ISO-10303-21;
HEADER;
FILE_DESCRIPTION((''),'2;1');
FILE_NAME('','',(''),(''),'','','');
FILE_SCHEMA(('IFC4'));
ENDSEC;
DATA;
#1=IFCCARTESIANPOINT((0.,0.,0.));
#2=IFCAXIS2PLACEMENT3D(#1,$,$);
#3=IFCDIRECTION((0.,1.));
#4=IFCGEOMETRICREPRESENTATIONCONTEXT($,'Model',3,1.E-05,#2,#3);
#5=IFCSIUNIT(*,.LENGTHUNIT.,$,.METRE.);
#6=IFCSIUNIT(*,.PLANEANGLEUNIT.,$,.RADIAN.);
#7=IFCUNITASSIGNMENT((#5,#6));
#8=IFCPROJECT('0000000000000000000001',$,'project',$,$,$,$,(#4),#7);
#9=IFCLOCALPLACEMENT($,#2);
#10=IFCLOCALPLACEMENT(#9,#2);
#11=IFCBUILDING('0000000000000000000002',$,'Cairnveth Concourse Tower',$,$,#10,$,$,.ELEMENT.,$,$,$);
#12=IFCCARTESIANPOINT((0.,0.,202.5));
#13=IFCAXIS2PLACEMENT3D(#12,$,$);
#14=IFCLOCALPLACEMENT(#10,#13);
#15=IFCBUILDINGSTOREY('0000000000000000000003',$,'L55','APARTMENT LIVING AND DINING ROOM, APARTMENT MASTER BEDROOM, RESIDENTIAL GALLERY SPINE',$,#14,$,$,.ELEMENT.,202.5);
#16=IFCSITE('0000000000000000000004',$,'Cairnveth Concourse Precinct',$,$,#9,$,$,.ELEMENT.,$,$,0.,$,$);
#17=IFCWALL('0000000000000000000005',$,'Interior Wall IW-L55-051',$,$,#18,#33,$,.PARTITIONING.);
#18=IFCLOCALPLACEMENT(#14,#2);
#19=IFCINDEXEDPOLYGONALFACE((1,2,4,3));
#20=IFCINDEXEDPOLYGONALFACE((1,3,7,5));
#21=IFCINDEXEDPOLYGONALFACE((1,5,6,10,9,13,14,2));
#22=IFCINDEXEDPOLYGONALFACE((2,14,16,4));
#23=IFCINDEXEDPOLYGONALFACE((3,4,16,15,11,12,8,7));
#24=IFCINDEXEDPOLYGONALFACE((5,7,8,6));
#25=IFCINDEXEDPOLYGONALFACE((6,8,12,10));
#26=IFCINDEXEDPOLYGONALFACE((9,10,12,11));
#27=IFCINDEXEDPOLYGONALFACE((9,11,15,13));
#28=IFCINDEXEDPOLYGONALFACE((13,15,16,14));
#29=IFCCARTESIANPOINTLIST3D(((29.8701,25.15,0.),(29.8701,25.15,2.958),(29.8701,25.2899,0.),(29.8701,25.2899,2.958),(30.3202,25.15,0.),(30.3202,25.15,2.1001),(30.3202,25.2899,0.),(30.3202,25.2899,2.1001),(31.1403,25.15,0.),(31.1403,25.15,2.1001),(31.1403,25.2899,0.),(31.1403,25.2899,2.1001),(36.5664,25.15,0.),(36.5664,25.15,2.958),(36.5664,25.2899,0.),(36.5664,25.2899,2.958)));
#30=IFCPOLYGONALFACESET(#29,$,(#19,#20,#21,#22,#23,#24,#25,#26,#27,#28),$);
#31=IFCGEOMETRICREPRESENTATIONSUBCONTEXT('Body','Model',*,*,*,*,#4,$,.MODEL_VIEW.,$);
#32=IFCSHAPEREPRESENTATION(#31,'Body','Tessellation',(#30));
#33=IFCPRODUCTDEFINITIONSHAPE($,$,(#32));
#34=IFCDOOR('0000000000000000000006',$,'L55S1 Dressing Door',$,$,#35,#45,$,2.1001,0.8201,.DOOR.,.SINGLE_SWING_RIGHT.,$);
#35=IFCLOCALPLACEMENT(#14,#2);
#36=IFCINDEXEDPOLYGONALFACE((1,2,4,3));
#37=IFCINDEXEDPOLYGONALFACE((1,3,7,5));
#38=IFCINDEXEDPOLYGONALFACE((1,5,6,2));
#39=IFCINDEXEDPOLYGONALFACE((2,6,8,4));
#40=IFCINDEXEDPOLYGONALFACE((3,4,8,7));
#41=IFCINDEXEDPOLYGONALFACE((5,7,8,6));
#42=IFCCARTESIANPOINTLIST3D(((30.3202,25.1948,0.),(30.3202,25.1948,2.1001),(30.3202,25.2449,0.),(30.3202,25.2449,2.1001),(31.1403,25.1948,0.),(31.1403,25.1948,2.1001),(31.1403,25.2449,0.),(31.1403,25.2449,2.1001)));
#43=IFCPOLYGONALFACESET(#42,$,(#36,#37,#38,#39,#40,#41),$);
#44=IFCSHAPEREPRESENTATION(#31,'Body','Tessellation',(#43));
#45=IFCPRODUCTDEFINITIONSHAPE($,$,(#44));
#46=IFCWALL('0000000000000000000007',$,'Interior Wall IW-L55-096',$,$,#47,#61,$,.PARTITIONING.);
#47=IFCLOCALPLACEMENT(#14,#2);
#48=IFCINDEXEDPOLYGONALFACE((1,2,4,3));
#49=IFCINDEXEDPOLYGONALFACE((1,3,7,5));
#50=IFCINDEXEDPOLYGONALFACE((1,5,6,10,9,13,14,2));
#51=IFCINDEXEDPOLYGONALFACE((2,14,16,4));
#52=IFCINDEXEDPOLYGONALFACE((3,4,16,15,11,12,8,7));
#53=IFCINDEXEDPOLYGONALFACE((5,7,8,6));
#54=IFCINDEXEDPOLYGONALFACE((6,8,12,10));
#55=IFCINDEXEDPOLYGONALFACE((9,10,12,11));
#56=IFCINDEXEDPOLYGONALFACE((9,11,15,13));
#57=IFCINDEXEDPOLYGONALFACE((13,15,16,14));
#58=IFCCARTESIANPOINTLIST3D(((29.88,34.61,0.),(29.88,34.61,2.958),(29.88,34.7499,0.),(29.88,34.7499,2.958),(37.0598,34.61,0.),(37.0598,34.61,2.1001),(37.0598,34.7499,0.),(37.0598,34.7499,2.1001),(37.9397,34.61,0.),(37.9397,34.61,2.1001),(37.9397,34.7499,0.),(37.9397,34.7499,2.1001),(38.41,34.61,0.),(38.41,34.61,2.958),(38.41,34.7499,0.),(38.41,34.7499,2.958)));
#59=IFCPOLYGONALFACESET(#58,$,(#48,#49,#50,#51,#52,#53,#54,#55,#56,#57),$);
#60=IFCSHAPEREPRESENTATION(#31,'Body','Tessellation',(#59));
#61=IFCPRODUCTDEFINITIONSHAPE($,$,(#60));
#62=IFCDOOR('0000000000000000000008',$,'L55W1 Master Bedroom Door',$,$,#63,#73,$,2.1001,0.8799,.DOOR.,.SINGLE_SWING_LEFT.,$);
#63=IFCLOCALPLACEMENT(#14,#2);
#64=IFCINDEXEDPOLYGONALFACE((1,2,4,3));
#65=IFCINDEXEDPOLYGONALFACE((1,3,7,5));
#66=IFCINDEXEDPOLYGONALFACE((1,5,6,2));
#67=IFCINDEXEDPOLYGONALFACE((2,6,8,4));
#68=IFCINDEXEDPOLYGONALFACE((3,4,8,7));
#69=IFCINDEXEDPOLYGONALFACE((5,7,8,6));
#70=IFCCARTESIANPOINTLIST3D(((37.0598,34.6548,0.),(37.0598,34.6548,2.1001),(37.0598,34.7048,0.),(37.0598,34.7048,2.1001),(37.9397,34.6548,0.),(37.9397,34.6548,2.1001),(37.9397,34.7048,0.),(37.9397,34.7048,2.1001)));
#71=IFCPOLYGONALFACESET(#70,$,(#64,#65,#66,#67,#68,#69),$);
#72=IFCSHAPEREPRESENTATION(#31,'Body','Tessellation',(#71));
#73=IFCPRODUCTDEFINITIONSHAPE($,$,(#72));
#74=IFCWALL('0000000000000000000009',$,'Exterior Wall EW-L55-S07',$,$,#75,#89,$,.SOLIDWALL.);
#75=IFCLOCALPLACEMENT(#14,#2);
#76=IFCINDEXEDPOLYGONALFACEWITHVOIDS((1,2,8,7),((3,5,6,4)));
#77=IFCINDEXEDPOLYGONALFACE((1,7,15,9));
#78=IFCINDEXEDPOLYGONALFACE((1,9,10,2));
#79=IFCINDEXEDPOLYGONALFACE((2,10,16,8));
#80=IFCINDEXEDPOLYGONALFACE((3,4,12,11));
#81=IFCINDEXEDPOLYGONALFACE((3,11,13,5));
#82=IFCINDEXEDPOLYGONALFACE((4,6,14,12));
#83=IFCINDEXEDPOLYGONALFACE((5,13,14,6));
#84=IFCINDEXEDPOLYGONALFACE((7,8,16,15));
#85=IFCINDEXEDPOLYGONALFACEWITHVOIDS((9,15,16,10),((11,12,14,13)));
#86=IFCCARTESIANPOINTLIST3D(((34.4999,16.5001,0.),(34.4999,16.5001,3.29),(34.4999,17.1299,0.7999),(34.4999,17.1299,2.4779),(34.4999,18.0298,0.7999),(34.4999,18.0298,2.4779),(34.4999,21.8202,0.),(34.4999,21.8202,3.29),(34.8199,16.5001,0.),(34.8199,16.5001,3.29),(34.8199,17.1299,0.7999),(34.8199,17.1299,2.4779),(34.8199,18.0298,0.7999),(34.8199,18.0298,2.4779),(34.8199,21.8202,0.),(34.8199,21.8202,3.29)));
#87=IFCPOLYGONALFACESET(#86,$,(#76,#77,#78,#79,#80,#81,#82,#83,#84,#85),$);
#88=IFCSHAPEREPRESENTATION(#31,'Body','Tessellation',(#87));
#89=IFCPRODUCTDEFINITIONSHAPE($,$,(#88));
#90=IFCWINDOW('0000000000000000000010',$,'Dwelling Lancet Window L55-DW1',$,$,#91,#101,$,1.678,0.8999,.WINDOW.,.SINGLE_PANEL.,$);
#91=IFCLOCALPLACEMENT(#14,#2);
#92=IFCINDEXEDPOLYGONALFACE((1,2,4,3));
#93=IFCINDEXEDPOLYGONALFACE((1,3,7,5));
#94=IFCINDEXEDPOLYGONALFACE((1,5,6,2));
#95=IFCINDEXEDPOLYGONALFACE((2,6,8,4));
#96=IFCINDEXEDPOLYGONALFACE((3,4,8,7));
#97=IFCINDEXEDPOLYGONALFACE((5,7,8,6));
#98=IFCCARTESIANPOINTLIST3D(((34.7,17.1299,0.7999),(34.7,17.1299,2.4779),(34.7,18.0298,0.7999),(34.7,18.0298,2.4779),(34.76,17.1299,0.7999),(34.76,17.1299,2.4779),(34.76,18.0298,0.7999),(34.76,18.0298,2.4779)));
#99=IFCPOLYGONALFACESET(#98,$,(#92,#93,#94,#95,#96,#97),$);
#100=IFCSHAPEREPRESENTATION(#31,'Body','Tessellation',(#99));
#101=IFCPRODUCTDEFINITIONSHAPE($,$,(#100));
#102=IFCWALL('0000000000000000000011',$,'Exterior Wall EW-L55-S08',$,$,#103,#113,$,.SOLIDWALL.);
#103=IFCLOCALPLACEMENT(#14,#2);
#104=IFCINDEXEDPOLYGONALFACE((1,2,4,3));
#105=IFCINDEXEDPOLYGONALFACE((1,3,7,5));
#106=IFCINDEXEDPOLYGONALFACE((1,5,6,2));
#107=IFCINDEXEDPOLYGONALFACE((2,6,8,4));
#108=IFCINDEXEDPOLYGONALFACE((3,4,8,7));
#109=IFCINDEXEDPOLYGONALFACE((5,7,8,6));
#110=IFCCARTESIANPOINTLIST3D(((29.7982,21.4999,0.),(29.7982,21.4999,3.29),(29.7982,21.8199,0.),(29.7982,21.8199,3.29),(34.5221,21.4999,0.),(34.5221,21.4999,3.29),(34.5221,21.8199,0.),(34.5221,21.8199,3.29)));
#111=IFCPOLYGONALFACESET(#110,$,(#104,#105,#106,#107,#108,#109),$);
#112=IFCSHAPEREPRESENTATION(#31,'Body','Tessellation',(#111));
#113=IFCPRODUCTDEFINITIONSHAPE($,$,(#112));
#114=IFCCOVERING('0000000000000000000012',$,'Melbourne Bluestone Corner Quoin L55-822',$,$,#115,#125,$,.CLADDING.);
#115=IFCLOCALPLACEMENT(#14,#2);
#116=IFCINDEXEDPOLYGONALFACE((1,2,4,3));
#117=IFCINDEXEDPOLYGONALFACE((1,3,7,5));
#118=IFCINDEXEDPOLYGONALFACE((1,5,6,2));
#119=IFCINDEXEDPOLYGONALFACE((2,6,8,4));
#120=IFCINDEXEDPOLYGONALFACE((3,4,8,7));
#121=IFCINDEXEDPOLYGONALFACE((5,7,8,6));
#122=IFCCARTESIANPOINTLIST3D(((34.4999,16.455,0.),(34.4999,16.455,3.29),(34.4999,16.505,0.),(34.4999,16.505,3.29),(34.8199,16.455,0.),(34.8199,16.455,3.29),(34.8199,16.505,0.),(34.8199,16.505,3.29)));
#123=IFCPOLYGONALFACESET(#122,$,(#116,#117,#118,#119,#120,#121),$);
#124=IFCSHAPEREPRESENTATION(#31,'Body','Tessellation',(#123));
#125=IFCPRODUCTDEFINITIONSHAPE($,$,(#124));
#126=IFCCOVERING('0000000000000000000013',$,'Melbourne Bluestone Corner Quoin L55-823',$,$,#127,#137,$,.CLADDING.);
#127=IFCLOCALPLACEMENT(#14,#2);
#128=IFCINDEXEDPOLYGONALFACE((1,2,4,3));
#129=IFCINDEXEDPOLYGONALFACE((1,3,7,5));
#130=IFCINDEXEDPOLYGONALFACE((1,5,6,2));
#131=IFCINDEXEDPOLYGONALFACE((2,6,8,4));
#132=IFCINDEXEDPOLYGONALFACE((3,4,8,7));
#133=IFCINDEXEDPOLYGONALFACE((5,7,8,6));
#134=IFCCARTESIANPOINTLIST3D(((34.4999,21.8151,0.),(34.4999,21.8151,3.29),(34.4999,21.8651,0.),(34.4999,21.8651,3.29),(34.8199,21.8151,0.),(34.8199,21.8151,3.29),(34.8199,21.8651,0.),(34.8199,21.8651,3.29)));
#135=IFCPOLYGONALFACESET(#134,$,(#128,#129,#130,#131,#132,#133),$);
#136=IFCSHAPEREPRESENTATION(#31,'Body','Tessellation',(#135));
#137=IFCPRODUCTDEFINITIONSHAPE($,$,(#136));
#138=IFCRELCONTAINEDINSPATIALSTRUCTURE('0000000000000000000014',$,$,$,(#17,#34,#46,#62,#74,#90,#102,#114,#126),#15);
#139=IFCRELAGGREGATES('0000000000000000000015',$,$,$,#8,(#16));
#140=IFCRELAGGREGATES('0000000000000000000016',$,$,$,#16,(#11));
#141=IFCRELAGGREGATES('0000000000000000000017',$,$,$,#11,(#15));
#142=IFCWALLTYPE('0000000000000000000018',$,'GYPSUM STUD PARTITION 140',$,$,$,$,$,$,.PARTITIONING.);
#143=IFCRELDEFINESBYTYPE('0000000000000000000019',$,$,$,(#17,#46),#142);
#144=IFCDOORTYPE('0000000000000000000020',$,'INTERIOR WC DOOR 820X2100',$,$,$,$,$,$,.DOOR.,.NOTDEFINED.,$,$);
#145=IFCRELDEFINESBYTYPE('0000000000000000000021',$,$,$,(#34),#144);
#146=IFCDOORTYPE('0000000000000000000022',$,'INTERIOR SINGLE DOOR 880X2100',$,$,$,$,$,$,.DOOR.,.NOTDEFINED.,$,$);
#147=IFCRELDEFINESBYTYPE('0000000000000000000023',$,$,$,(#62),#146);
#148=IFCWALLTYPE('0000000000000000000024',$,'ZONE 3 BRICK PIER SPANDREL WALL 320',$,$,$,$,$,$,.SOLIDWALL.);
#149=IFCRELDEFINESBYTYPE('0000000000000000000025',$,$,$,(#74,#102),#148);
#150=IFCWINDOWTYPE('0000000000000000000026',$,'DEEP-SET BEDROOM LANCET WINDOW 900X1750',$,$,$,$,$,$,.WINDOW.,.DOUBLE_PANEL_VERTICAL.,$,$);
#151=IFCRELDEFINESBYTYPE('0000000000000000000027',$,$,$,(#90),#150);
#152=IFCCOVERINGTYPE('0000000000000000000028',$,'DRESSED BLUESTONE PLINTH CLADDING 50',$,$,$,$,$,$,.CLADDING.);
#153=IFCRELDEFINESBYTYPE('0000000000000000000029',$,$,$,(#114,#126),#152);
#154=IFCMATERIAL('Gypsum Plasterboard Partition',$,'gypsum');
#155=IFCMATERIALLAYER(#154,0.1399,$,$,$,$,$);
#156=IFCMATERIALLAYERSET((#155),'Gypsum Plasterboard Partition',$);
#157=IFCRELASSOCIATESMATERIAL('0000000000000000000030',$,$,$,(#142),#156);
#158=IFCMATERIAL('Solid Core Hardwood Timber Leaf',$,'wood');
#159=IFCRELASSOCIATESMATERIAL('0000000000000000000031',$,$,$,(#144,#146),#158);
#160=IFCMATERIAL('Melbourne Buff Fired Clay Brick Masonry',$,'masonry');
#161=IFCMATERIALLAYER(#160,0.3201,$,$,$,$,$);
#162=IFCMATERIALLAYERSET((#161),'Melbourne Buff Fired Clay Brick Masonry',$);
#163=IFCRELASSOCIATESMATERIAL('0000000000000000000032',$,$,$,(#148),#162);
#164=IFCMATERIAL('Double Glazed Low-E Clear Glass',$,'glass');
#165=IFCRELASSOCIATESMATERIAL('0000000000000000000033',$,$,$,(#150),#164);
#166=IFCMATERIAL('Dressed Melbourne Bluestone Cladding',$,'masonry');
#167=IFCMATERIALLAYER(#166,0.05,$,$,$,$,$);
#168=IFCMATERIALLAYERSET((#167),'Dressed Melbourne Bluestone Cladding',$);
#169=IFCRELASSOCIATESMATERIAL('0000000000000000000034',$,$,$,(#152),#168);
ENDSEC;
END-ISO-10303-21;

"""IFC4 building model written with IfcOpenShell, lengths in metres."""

from ifc_helpers import new_model, si_unit, direction, frame, frame_2d, origin, place, context, subcontext, project, spatial, rectangle, extrude, material, layer, layer_set, type_object, element, fill, save


model = new_model("IFC4")

# Units and contexts
model_context = context("Model", 3, precision=1e-05, world=origin(), true_north=direction((0.0, 1.0)))
body_context = subcontext(model_context, "Body", "Model", "MODEL_VIEW")
ifc_project = project(units=[si_unit("LENGTHUNIT", "METRE"), si_unit("PLANEANGLEUNIT", "RADIAN")], contexts=[model_context])

# Site, building, storey
site_placement = place(None, origin())
site = spatial("IfcSite", under=ifc_project, at=site_placement, Name="Cairnveth Concourse Precinct", CompositionType="ELEMENT", RefElevation=0.0)
building_placement = place(site_placement, origin())
building = spatial("IfcBuilding", under=site, at=building_placement, Name="Cairnveth Concourse Tower", CompositionType="ELEMENT")
storey_placement = place(building_placement, frame((0.0, 0.0, 202.5)))
storey = spatial("IfcBuildingStorey", under=building, at=storey_placement, Name="L55", Description="APARTMENT LIVING AND DINING ROOM, APARTMENT MASTER BEDROOM, RESIDENTIAL GALLERY SPINE", CompositionType="ELEMENT", Elevation=202.5)

# Walls, openings, doors
ifc_material_1 = material(Name="Gypsum Plasterboard Partition", Category="gypsum")
ifc_layer_1 = layer(ifc_material_1, 0.1399)
ifc_layer_set_1 = layer_set([ifc_layer_1], Name="Gypsum Plasterboard Partition")
wall_type_1 = type_object("IfcWallType", Name="GYPSUM STUD PARTITION 140", PredefinedType="PARTITIONING", material=ifc_layer_set_1)
wall_1_placement = place(storey_placement, frame((29.8701, 25.22, 0.0), z_axis=(0.0, 0.0, 1.0), x_axis=(1.0, 0.0, 0.0)))
wall_1 = element("IfcWall", 1, at=wall_1_placement, inside=storey, type_object=wall_type_1, Name="Interior Wall IW-L55-051", PredefinedType="PARTITIONING", context=body_context, shape_type="SweptSolid", body=[
    extrude(rectangle(XDim=6.6963, YDim=0.1399, at=frame_2d((3.3481, 0.0))), origin(), (0.0, 0.0, 1.0), 2.958),
])
opening_1_placement = place(wall_1_placement, frame((0.45, 0.0, 0.0)))
opening_1 = element("IfcOpeningElement", 2, at=opening_1_placement, cuts=wall_1, PredefinedType="OPENING", context=body_context, shape_type="SweptSolid", body=[
    extrude(rectangle(XDim=0.8201, YDim=2.1001, at=frame_2d((0.4102, 1.05))), frame((0.0, 0.0798, 0.0), z_axis=(0.0, -1.0, 0.0), x_axis=(1.0, 0.0, 0.0)), (0.0, 0.0, 1.0), 0.1599),
])
ifc_material_2 = material(Name="Solid Core Hardwood Timber Leaf", Category="wood")
door_type_1 = type_object("IfcDoorType", Name="INTERIOR WC DOOR 820X2100", OperationType="NOTDEFINED", PredefinedType="DOOR", material=ifc_material_2)
door_1_placement = place(opening_1_placement, origin())
door_1 = element("IfcDoor", 3, at=door_1_placement, inside=storey, type_object=door_type_1, Name="L55S1 Dressing Door", OperationType="SINGLE_SWING_RIGHT", OverallHeight=2.1001, OverallWidth=0.8201, PredefinedType="DOOR", context=body_context, shape_type="SweptSolid", body=[
    extrude(rectangle(XDim=0.8201, YDim=2.1001, at=frame_2d((0.4102, 1.05))), frame((0.0, 0.0249, 0.0), z_axis=(0.0, -1.0, 0.0), x_axis=(1.0, 0.0, 0.0)), (0.0, 0.0, 1.0), 0.05),
])
fill(opening_1, door_1)
wall_2_placement = place(storey_placement, frame((29.8799, 34.6799, 0.0), z_axis=(0.0, 0.0, 1.0), x_axis=(1.0, 0.0, 0.0)))
wall_2 = element("IfcWall", 4, at=wall_2_placement, inside=storey, type_object=wall_type_1, Name="Interior Wall IW-L55-096", PredefinedType="PARTITIONING", context=body_context, shape_type="SweptSolid", body=[
    extrude(rectangle(XDim=8.53, YDim=0.1399, at=frame_2d((4.2651, 0.0))), origin(), (0.0, 0.0, 1.0), 2.958),
])
opening_2_placement = place(wall_2_placement, frame((7.1799, 0.0, 0.0)))
opening_2 = element("IfcOpeningElement", 5, at=opening_2_placement, cuts=wall_2, PredefinedType="OPENING", context=body_context, shape_type="SweptSolid", body=[
    extrude(rectangle(XDim=0.8799, YDim=2.1001, at=frame_2d((0.4399, 1.05))), frame((0.0, 0.0798, 0.0), z_axis=(0.0, -1.0, 0.0), x_axis=(1.0, 0.0, 0.0)), (0.0, 0.0, 1.0), 0.1599),
])
door_type_2 = type_object("IfcDoorType", Name="INTERIOR SINGLE DOOR 880X2100", OperationType="NOTDEFINED", PredefinedType="DOOR", material=ifc_material_2)
door_2_placement = place(opening_2_placement, origin())
door_2 = element("IfcDoor", 6, at=door_2_placement, inside=storey, type_object=door_type_2, Name="L55W1 Master Bedroom Door", OperationType="SINGLE_SWING_LEFT", OverallHeight=2.1001, OverallWidth=0.8799, PredefinedType="DOOR", context=body_context, shape_type="SweptSolid", body=[
    extrude(rectangle(XDim=0.8799, YDim=2.1001, at=frame_2d((0.4399, 1.05))), frame((0.0, 0.0249, 0.0), z_axis=(0.0, -1.0, 0.0), x_axis=(1.0, 0.0, 0.0)), (0.0, 0.0, 1.0), 0.05),
])
fill(opening_2, door_2)

# Wall, opening, window
ifc_material_3 = material(Name="Melbourne Buff Fired Clay Brick Masonry", Category="masonry")
ifc_layer_2 = layer(ifc_material_3, 0.3201)
ifc_layer_set_2 = layer_set([ifc_layer_2], Name="Melbourne Buff Fired Clay Brick Masonry")
wall_type_2 = type_object("IfcWallType", Name="ZONE 3 BRICK PIER SPANDREL WALL 320", PredefinedType="SOLIDWALL", material=ifc_layer_set_2)
wall_3_placement = place(storey_placement, frame((34.6599, 16.5, 0.0), z_axis=(0.0, 0.0, 1.0), x_axis=(0.0, 1.0, 0.0)))
wall_3 = element("IfcWall", 7, at=wall_3_placement, inside=storey, type_object=wall_type_2, Name="Exterior Wall EW-L55-S07", PredefinedType="SOLIDWALL", context=body_context, shape_type="SweptSolid", body=[
    extrude(rectangle(XDim=5.3201, YDim=0.3201, at=frame_2d((2.6602, 0.0))), origin(), (0.0, 0.0, 1.0), 3.29),
])
opening_3_placement = place(wall_3_placement, frame((0.6299, 0.0, 0.8)))
opening_3 = element("IfcOpeningElement", 8, at=opening_3_placement, cuts=wall_3, PredefinedType="OPENING", context=body_context, shape_type="SweptSolid", body=[
    extrude(rectangle(XDim=0.8999, YDim=1.678, at=frame_2d((0.45, 0.8389))), frame((0.0, 0.1699, 0.0), z_axis=(0.0, -1.0, 0.0), x_axis=(1.0, 0.0, 0.0)), (0.0, 0.0, 1.0), 0.3401),
])
ifc_material_4 = material(Name="Double Glazed Low-E Clear Glass", Category="glass")
window_type = type_object("IfcWindowType", Name="DEEP-SET BEDROOM LANCET WINDOW 900X1750", PartitioningType="DOUBLE_PANEL_VERTICAL", PredefinedType="WINDOW", material=ifc_material_4)
window_placement = place(opening_3_placement, origin())
window = element("IfcWindow", 9, at=window_placement, inside=storey, type_object=window_type, Name="Dwelling Lancet Window L55-DW1", OverallHeight=1.678, OverallWidth=0.8999, PartitioningType="SINGLE_PANEL", PredefinedType="WINDOW", context=body_context, shape_type="SweptSolid", body=[
    extrude(rectangle(XDim=0.8999, YDim=1.678, at=frame_2d((0.45, 0.8389))), frame((0.0, -0.04, 0.0), z_axis=(0.0, -1.0, 0.0), x_axis=(1.0, 0.0, 0.0)), (0.0, 0.0, 1.0), 0.0601),
])
fill(opening_3, window)

# Wall
wall_4_placement = place(storey_placement, frame((34.522, 21.6599, 0.0), z_axis=(0.0, 0.0, 1.0), x_axis=(-1.0, 0.0, 0.0)))
element("IfcWall", 10, at=wall_4_placement, inside=storey, type_object=wall_type_2, Name="Exterior Wall EW-L55-S08", PredefinedType="SOLIDWALL", context=body_context, shape_type="SweptSolid", body=[
    extrude(rectangle(XDim=4.7239, YDim=0.3201, at=frame_2d((2.3618, 0.0))), origin(), (0.0, 0.0, 1.0), 3.29),
])

# Coverings
ifc_material_5 = material(Name="Dressed Melbourne Bluestone Cladding", Category="masonry")
ifc_layer_3 = layer(ifc_material_5, 0.05)
ifc_layer_set_3 = layer_set([ifc_layer_3], Name="Dressed Melbourne Bluestone Cladding")
covering_type = type_object("IfcCoveringType", Name="DRESSED BLUESTONE PLINTH CLADDING 50", PredefinedType="CLADDING", material=ifc_layer_set_3)
for number, where, z_axis, x_axis, name in (
    (11, (34.8201, 16.48, 0.0), (0.0, 0.0, 1.0), (-1.0, 0.0, 0.0), "Melbourne Bluestone Corner Quoin L55-822"),
    (12, (34.8201, 21.8401, 0.0), (0.0, 0.0, 1.0), (-1.0, 0.0, 0.0), "Melbourne Bluestone Corner Quoin L55-823"),
):
    element("IfcCovering", number, at=place(storey_placement, frame(where, z_axis=z_axis, x_axis=x_axis)), inside=storey, type_object=covering_type, Name=name, PredefinedType="CLADDING", context=body_context, shape_type="SweptSolid", body=[
        extrude(rectangle(XDim=0.3201, YDim=0.05, at=frame_2d((0.1602, 0.0))), origin(), (0.0, 0.0, 1.0), 3.29),
    ])

save(model, "model.ifc")
